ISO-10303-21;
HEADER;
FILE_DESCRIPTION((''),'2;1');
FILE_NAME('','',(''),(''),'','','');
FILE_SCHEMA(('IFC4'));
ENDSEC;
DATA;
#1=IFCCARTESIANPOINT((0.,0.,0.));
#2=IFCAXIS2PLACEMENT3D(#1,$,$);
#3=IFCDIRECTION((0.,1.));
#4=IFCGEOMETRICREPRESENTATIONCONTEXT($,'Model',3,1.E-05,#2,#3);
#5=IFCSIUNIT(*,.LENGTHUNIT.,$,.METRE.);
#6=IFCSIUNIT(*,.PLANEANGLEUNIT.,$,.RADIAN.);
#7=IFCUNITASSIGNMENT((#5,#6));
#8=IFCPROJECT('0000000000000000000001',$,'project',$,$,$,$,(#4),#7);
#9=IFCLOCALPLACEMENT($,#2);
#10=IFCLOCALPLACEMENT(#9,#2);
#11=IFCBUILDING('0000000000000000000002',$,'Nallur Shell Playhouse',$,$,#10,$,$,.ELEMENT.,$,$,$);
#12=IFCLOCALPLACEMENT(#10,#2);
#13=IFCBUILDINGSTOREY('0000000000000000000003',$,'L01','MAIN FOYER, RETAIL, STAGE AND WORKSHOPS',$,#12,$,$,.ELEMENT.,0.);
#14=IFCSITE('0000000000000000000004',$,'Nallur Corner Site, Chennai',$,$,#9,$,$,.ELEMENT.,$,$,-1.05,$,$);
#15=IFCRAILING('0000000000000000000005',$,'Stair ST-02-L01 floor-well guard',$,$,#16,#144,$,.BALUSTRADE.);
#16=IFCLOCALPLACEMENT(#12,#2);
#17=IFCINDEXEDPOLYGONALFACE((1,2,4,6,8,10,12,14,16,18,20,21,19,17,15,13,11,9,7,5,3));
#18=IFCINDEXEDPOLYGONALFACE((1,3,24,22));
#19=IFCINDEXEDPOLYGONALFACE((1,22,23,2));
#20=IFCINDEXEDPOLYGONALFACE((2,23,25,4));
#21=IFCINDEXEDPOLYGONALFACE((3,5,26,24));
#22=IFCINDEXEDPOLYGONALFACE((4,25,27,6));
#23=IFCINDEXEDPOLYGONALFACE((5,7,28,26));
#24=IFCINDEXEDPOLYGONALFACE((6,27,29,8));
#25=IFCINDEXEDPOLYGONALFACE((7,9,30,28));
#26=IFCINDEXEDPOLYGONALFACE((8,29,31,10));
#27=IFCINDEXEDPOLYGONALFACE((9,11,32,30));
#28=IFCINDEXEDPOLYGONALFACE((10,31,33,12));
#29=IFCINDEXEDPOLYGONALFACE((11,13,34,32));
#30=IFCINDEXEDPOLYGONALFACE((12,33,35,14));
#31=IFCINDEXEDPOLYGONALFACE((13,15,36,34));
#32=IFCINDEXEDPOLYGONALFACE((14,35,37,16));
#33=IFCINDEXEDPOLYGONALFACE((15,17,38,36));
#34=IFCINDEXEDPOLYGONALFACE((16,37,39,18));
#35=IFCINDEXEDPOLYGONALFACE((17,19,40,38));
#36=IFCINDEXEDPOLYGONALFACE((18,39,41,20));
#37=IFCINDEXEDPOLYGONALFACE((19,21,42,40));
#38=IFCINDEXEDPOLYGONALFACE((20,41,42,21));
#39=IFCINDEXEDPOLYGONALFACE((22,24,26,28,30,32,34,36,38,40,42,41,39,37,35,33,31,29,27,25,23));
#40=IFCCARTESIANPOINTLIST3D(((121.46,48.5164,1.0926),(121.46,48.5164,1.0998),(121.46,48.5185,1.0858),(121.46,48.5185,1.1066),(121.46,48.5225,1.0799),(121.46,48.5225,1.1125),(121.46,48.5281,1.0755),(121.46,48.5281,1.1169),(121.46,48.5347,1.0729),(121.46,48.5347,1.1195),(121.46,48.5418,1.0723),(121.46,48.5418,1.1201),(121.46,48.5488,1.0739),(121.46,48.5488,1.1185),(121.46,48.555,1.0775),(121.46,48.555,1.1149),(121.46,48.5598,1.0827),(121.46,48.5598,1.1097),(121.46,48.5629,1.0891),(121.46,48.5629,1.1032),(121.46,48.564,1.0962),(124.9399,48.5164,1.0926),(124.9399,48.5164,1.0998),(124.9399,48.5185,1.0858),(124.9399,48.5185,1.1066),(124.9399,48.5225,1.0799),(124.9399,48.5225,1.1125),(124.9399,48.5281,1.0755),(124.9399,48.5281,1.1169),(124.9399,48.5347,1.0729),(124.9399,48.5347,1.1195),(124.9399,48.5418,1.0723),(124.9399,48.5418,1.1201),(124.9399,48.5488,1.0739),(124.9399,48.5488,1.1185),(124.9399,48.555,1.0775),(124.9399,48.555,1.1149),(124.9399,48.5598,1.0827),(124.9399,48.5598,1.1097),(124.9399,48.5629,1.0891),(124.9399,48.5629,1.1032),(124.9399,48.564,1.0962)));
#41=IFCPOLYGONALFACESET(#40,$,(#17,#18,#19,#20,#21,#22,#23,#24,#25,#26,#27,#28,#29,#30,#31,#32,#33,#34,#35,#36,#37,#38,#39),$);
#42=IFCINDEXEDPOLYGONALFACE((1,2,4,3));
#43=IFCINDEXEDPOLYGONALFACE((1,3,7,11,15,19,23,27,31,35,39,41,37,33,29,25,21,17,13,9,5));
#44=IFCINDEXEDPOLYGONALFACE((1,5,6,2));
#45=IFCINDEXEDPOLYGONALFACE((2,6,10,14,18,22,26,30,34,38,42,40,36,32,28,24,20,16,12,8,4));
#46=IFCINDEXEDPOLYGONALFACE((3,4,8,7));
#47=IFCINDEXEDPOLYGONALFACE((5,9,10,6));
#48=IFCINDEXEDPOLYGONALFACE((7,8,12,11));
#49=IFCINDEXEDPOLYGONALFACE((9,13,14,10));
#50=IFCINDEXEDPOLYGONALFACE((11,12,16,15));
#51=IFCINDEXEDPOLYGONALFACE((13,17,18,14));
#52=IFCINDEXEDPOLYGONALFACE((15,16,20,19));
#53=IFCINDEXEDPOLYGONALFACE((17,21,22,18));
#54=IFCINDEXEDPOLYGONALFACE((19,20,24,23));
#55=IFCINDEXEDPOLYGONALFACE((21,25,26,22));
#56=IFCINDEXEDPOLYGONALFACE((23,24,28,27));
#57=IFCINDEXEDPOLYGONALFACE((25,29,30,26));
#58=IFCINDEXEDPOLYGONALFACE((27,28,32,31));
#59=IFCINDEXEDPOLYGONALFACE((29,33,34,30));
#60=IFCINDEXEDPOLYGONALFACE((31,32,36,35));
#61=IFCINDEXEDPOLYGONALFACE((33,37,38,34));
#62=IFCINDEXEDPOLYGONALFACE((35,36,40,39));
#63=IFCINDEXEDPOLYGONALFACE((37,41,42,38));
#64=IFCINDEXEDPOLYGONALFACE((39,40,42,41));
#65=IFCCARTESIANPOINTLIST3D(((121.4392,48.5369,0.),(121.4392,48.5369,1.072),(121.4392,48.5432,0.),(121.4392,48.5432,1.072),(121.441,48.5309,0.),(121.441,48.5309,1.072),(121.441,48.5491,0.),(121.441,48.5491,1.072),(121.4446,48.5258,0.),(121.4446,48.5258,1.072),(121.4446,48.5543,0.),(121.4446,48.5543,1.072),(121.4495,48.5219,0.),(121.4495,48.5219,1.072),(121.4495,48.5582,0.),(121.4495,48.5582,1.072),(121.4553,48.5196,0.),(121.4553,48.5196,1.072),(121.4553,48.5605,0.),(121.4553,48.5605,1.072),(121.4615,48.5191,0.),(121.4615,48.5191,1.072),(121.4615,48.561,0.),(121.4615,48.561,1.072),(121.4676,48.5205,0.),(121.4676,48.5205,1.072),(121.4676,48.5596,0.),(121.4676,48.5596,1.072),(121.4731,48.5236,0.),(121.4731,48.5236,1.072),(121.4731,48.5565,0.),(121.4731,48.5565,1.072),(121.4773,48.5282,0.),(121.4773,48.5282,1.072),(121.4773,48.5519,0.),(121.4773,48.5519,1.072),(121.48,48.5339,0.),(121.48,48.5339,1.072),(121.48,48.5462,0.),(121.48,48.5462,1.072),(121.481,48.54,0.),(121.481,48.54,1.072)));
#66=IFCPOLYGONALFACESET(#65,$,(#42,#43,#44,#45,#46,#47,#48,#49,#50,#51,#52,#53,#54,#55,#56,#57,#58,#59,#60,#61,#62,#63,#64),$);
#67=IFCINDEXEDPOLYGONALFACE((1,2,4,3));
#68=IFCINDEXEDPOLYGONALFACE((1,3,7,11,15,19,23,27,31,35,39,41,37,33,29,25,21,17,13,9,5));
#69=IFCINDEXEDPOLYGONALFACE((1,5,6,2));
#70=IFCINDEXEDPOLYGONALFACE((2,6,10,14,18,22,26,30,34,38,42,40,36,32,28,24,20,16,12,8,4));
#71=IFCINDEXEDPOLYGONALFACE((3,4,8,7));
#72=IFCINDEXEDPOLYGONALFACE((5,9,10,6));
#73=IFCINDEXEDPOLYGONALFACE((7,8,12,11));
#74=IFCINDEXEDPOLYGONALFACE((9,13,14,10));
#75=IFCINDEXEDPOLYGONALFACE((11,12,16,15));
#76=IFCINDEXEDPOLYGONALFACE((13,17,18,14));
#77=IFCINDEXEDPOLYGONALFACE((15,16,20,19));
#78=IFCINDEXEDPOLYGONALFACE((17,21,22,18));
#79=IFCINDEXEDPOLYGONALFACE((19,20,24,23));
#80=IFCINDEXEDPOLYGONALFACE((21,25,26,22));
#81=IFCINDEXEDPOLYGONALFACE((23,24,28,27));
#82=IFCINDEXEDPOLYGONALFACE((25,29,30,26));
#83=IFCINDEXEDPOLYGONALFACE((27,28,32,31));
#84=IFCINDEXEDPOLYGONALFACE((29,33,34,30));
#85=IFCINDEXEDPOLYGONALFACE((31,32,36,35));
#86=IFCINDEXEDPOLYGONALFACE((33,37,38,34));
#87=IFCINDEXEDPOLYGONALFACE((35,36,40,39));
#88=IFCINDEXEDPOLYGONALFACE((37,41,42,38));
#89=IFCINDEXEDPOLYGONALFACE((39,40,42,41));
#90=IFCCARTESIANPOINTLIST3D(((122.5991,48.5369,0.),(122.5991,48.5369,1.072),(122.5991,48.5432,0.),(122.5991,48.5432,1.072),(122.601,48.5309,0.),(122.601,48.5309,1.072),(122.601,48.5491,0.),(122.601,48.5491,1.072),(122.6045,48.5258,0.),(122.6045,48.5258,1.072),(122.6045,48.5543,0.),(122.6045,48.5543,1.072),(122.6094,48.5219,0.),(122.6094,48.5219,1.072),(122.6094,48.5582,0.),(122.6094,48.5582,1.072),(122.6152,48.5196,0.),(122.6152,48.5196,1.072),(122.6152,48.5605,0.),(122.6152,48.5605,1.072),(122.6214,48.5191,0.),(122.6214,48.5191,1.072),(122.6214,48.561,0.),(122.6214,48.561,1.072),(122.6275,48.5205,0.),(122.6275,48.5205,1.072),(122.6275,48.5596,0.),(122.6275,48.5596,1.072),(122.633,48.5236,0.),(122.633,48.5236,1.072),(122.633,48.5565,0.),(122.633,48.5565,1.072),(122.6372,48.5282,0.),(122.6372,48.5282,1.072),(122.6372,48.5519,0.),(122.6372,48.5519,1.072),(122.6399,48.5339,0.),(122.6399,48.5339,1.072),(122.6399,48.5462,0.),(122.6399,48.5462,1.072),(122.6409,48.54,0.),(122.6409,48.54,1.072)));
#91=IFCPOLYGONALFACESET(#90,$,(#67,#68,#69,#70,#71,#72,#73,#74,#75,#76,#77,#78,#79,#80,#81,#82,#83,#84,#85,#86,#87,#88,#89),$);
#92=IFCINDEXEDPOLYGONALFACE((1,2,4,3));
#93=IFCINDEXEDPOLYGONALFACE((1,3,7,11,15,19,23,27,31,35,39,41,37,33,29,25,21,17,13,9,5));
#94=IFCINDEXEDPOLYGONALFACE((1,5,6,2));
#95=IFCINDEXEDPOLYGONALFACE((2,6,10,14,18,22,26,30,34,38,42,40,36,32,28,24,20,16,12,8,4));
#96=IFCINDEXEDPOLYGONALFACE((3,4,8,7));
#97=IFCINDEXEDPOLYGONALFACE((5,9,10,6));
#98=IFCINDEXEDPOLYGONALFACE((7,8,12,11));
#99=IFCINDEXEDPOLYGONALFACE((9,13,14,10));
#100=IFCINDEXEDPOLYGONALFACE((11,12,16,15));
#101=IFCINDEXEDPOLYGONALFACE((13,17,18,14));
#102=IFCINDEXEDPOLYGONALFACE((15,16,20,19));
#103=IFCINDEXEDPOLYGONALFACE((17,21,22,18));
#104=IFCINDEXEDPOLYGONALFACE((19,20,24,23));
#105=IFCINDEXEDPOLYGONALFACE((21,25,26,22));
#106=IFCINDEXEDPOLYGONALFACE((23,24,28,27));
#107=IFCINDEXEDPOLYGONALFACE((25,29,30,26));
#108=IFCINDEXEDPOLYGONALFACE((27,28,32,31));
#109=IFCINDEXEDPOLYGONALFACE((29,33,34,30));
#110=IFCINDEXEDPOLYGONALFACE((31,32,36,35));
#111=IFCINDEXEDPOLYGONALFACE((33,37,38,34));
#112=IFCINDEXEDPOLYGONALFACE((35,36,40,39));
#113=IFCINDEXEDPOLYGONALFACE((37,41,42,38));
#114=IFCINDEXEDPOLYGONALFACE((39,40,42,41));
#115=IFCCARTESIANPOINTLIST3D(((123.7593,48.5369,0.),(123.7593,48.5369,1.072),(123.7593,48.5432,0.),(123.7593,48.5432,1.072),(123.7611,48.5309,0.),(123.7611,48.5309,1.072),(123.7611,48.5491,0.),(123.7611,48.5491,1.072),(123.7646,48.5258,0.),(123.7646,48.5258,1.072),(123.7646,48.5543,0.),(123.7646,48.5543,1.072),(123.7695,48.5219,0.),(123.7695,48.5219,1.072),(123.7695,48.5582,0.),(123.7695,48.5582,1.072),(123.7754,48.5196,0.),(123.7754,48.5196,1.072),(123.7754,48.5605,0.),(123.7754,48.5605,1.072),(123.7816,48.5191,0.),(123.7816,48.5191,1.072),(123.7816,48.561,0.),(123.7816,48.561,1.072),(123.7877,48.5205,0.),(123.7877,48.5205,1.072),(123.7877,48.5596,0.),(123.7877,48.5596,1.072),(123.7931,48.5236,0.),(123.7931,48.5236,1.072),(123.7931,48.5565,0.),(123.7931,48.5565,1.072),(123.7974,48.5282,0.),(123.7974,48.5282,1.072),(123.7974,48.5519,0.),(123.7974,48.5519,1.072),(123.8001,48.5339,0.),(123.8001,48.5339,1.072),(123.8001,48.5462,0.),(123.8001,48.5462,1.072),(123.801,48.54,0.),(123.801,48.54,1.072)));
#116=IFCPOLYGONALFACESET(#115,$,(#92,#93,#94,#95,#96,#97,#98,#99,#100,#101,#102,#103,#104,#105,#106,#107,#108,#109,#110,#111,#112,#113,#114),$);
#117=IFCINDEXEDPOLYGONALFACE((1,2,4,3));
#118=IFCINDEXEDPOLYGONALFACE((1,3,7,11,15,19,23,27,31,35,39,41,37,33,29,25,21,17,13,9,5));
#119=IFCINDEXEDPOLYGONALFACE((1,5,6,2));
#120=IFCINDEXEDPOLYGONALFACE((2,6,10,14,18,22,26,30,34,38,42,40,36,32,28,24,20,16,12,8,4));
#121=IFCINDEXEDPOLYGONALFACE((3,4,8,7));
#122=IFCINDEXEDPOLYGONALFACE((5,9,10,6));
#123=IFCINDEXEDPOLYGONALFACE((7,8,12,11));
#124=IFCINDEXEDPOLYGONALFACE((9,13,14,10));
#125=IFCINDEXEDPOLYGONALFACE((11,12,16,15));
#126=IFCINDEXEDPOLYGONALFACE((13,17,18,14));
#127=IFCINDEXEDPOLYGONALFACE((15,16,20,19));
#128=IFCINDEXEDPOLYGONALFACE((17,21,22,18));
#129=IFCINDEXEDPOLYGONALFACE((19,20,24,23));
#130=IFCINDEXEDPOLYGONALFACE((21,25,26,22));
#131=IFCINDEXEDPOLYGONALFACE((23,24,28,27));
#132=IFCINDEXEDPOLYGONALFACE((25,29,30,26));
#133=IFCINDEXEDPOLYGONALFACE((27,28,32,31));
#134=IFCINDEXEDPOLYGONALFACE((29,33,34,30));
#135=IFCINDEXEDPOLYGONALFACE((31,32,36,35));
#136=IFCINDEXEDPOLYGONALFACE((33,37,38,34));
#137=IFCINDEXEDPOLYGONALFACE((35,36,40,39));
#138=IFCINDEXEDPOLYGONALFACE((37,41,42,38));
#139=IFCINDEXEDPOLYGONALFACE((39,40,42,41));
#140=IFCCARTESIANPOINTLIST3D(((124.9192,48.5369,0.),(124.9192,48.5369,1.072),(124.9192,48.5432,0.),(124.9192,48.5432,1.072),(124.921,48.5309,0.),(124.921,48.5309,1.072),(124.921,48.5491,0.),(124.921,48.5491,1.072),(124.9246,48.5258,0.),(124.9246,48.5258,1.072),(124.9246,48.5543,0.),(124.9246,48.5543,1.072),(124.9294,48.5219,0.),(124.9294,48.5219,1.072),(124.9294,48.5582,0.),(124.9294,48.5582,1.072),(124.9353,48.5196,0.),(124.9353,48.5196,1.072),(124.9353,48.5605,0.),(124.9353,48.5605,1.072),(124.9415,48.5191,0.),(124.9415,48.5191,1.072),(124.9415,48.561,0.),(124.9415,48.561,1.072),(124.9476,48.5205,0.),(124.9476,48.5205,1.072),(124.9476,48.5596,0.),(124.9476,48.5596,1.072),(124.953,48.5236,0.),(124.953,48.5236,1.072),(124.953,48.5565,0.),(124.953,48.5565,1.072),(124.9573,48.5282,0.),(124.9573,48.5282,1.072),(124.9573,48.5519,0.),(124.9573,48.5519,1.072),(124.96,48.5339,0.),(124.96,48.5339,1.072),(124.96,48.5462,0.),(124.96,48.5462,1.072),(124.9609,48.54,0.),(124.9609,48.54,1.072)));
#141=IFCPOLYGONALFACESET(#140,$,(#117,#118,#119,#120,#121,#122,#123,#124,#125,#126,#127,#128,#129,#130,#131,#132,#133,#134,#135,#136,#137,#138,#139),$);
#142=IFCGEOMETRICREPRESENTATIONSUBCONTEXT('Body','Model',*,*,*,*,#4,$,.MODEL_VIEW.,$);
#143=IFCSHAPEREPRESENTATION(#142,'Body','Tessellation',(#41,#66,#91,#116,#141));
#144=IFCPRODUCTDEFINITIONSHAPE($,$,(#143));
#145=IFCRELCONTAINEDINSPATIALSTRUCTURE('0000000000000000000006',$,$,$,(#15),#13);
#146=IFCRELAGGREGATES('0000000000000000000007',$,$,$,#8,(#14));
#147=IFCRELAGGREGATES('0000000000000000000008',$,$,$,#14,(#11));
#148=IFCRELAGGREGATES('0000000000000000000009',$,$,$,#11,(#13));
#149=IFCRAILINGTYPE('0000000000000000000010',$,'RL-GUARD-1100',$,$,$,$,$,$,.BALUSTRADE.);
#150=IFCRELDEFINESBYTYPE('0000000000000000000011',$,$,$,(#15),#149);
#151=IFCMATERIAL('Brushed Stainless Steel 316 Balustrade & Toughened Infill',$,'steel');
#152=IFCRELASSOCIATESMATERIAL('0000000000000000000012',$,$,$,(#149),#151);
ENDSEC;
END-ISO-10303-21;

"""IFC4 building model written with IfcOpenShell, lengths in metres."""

from ifc_helpers import new_model, si_unit, direction, frame, origin, origin_2d, place, context, subcontext, project, spatial, circle, extrude, material, type_object, element, save


model = new_model("IFC4")

# Units and contexts
model_context = context("Model", 3, precision=1e-05, world=origin(), true_north=direction((0.0, 1.0)))
body_context = subcontext(model_context, "Body", "Model", "MODEL_VIEW")
ifc_project = project(units=[si_unit("LENGTHUNIT", "METRE"), si_unit("PLANEANGLEUNIT", "RADIAN")], contexts=[model_context])

# Site, building, storey
site_placement = place(None, origin())
site = spatial("IfcSite", under=ifc_project, at=site_placement, Name="Nallur Corner Site, Chennai", CompositionType="ELEMENT", RefElevation=-1.05)
building_placement = place(site_placement, origin())
building = spatial("IfcBuilding", under=site, at=building_placement, Name="Nallur Shell Playhouse", CompositionType="ELEMENT")
storey_placement = place(building_placement, origin())
storey = spatial("IfcBuildingStorey", under=building, at=storey_placement, Name="L01", Description="MAIN FOYER, RETAIL, STAGE AND WORKSHOPS", CompositionType="ELEMENT", Elevation=0.0)

# Railing
ifc_material_1 = material(Name="Brushed Stainless Steel 316 Balustrade & Toughened Infill", Category="steel")
railing_type_1 = type_object("IfcRailingType", Name="RL-GUARD-1100", PredefinedType="BALUSTRADE", material=ifc_material_1)
railing_1_placement = place(storey_placement, frame((121.46, 48.54, 0.0)))
element("IfcRailing", 1, at=railing_1_placement, inside=storey, type_object=railing_type_1, Name="Stair ST-02-L01 floor-well guard", PredefinedType="BALUSTRADE", context=body_context, shape_type="SweptSolid", body=[
    extrude(circle(Radius=0.0239, at=origin_2d()), frame((0.0, 0.0, 1.0962), z_axis=(1.0, 0.0, 0.0), x_axis=(0.0, 1.0, 0.0)), (0.0, 0.0, 1.0), 3.48),
    extrude(circle(Radius=0.021, at=origin_2d()), origin(), (0.0, 0.0, 1.0), 1.072),
    extrude(circle(Radius=0.021, at=origin_2d()), frame((1.1599, 0.0, 0.0)), (0.0, 0.0, 1.0), 1.072),
    extrude(circle(Radius=0.021, at=origin_2d()), frame((2.3201, 0.0, 0.0)), (0.0, 0.0, 1.0), 1.072),
    extrude(circle(Radius=0.021, at=origin_2d()), frame((3.48, 0.0, 0.0)), (0.0, 0.0, 1.0), 1.072),
])

save(model, "model.ifc")
